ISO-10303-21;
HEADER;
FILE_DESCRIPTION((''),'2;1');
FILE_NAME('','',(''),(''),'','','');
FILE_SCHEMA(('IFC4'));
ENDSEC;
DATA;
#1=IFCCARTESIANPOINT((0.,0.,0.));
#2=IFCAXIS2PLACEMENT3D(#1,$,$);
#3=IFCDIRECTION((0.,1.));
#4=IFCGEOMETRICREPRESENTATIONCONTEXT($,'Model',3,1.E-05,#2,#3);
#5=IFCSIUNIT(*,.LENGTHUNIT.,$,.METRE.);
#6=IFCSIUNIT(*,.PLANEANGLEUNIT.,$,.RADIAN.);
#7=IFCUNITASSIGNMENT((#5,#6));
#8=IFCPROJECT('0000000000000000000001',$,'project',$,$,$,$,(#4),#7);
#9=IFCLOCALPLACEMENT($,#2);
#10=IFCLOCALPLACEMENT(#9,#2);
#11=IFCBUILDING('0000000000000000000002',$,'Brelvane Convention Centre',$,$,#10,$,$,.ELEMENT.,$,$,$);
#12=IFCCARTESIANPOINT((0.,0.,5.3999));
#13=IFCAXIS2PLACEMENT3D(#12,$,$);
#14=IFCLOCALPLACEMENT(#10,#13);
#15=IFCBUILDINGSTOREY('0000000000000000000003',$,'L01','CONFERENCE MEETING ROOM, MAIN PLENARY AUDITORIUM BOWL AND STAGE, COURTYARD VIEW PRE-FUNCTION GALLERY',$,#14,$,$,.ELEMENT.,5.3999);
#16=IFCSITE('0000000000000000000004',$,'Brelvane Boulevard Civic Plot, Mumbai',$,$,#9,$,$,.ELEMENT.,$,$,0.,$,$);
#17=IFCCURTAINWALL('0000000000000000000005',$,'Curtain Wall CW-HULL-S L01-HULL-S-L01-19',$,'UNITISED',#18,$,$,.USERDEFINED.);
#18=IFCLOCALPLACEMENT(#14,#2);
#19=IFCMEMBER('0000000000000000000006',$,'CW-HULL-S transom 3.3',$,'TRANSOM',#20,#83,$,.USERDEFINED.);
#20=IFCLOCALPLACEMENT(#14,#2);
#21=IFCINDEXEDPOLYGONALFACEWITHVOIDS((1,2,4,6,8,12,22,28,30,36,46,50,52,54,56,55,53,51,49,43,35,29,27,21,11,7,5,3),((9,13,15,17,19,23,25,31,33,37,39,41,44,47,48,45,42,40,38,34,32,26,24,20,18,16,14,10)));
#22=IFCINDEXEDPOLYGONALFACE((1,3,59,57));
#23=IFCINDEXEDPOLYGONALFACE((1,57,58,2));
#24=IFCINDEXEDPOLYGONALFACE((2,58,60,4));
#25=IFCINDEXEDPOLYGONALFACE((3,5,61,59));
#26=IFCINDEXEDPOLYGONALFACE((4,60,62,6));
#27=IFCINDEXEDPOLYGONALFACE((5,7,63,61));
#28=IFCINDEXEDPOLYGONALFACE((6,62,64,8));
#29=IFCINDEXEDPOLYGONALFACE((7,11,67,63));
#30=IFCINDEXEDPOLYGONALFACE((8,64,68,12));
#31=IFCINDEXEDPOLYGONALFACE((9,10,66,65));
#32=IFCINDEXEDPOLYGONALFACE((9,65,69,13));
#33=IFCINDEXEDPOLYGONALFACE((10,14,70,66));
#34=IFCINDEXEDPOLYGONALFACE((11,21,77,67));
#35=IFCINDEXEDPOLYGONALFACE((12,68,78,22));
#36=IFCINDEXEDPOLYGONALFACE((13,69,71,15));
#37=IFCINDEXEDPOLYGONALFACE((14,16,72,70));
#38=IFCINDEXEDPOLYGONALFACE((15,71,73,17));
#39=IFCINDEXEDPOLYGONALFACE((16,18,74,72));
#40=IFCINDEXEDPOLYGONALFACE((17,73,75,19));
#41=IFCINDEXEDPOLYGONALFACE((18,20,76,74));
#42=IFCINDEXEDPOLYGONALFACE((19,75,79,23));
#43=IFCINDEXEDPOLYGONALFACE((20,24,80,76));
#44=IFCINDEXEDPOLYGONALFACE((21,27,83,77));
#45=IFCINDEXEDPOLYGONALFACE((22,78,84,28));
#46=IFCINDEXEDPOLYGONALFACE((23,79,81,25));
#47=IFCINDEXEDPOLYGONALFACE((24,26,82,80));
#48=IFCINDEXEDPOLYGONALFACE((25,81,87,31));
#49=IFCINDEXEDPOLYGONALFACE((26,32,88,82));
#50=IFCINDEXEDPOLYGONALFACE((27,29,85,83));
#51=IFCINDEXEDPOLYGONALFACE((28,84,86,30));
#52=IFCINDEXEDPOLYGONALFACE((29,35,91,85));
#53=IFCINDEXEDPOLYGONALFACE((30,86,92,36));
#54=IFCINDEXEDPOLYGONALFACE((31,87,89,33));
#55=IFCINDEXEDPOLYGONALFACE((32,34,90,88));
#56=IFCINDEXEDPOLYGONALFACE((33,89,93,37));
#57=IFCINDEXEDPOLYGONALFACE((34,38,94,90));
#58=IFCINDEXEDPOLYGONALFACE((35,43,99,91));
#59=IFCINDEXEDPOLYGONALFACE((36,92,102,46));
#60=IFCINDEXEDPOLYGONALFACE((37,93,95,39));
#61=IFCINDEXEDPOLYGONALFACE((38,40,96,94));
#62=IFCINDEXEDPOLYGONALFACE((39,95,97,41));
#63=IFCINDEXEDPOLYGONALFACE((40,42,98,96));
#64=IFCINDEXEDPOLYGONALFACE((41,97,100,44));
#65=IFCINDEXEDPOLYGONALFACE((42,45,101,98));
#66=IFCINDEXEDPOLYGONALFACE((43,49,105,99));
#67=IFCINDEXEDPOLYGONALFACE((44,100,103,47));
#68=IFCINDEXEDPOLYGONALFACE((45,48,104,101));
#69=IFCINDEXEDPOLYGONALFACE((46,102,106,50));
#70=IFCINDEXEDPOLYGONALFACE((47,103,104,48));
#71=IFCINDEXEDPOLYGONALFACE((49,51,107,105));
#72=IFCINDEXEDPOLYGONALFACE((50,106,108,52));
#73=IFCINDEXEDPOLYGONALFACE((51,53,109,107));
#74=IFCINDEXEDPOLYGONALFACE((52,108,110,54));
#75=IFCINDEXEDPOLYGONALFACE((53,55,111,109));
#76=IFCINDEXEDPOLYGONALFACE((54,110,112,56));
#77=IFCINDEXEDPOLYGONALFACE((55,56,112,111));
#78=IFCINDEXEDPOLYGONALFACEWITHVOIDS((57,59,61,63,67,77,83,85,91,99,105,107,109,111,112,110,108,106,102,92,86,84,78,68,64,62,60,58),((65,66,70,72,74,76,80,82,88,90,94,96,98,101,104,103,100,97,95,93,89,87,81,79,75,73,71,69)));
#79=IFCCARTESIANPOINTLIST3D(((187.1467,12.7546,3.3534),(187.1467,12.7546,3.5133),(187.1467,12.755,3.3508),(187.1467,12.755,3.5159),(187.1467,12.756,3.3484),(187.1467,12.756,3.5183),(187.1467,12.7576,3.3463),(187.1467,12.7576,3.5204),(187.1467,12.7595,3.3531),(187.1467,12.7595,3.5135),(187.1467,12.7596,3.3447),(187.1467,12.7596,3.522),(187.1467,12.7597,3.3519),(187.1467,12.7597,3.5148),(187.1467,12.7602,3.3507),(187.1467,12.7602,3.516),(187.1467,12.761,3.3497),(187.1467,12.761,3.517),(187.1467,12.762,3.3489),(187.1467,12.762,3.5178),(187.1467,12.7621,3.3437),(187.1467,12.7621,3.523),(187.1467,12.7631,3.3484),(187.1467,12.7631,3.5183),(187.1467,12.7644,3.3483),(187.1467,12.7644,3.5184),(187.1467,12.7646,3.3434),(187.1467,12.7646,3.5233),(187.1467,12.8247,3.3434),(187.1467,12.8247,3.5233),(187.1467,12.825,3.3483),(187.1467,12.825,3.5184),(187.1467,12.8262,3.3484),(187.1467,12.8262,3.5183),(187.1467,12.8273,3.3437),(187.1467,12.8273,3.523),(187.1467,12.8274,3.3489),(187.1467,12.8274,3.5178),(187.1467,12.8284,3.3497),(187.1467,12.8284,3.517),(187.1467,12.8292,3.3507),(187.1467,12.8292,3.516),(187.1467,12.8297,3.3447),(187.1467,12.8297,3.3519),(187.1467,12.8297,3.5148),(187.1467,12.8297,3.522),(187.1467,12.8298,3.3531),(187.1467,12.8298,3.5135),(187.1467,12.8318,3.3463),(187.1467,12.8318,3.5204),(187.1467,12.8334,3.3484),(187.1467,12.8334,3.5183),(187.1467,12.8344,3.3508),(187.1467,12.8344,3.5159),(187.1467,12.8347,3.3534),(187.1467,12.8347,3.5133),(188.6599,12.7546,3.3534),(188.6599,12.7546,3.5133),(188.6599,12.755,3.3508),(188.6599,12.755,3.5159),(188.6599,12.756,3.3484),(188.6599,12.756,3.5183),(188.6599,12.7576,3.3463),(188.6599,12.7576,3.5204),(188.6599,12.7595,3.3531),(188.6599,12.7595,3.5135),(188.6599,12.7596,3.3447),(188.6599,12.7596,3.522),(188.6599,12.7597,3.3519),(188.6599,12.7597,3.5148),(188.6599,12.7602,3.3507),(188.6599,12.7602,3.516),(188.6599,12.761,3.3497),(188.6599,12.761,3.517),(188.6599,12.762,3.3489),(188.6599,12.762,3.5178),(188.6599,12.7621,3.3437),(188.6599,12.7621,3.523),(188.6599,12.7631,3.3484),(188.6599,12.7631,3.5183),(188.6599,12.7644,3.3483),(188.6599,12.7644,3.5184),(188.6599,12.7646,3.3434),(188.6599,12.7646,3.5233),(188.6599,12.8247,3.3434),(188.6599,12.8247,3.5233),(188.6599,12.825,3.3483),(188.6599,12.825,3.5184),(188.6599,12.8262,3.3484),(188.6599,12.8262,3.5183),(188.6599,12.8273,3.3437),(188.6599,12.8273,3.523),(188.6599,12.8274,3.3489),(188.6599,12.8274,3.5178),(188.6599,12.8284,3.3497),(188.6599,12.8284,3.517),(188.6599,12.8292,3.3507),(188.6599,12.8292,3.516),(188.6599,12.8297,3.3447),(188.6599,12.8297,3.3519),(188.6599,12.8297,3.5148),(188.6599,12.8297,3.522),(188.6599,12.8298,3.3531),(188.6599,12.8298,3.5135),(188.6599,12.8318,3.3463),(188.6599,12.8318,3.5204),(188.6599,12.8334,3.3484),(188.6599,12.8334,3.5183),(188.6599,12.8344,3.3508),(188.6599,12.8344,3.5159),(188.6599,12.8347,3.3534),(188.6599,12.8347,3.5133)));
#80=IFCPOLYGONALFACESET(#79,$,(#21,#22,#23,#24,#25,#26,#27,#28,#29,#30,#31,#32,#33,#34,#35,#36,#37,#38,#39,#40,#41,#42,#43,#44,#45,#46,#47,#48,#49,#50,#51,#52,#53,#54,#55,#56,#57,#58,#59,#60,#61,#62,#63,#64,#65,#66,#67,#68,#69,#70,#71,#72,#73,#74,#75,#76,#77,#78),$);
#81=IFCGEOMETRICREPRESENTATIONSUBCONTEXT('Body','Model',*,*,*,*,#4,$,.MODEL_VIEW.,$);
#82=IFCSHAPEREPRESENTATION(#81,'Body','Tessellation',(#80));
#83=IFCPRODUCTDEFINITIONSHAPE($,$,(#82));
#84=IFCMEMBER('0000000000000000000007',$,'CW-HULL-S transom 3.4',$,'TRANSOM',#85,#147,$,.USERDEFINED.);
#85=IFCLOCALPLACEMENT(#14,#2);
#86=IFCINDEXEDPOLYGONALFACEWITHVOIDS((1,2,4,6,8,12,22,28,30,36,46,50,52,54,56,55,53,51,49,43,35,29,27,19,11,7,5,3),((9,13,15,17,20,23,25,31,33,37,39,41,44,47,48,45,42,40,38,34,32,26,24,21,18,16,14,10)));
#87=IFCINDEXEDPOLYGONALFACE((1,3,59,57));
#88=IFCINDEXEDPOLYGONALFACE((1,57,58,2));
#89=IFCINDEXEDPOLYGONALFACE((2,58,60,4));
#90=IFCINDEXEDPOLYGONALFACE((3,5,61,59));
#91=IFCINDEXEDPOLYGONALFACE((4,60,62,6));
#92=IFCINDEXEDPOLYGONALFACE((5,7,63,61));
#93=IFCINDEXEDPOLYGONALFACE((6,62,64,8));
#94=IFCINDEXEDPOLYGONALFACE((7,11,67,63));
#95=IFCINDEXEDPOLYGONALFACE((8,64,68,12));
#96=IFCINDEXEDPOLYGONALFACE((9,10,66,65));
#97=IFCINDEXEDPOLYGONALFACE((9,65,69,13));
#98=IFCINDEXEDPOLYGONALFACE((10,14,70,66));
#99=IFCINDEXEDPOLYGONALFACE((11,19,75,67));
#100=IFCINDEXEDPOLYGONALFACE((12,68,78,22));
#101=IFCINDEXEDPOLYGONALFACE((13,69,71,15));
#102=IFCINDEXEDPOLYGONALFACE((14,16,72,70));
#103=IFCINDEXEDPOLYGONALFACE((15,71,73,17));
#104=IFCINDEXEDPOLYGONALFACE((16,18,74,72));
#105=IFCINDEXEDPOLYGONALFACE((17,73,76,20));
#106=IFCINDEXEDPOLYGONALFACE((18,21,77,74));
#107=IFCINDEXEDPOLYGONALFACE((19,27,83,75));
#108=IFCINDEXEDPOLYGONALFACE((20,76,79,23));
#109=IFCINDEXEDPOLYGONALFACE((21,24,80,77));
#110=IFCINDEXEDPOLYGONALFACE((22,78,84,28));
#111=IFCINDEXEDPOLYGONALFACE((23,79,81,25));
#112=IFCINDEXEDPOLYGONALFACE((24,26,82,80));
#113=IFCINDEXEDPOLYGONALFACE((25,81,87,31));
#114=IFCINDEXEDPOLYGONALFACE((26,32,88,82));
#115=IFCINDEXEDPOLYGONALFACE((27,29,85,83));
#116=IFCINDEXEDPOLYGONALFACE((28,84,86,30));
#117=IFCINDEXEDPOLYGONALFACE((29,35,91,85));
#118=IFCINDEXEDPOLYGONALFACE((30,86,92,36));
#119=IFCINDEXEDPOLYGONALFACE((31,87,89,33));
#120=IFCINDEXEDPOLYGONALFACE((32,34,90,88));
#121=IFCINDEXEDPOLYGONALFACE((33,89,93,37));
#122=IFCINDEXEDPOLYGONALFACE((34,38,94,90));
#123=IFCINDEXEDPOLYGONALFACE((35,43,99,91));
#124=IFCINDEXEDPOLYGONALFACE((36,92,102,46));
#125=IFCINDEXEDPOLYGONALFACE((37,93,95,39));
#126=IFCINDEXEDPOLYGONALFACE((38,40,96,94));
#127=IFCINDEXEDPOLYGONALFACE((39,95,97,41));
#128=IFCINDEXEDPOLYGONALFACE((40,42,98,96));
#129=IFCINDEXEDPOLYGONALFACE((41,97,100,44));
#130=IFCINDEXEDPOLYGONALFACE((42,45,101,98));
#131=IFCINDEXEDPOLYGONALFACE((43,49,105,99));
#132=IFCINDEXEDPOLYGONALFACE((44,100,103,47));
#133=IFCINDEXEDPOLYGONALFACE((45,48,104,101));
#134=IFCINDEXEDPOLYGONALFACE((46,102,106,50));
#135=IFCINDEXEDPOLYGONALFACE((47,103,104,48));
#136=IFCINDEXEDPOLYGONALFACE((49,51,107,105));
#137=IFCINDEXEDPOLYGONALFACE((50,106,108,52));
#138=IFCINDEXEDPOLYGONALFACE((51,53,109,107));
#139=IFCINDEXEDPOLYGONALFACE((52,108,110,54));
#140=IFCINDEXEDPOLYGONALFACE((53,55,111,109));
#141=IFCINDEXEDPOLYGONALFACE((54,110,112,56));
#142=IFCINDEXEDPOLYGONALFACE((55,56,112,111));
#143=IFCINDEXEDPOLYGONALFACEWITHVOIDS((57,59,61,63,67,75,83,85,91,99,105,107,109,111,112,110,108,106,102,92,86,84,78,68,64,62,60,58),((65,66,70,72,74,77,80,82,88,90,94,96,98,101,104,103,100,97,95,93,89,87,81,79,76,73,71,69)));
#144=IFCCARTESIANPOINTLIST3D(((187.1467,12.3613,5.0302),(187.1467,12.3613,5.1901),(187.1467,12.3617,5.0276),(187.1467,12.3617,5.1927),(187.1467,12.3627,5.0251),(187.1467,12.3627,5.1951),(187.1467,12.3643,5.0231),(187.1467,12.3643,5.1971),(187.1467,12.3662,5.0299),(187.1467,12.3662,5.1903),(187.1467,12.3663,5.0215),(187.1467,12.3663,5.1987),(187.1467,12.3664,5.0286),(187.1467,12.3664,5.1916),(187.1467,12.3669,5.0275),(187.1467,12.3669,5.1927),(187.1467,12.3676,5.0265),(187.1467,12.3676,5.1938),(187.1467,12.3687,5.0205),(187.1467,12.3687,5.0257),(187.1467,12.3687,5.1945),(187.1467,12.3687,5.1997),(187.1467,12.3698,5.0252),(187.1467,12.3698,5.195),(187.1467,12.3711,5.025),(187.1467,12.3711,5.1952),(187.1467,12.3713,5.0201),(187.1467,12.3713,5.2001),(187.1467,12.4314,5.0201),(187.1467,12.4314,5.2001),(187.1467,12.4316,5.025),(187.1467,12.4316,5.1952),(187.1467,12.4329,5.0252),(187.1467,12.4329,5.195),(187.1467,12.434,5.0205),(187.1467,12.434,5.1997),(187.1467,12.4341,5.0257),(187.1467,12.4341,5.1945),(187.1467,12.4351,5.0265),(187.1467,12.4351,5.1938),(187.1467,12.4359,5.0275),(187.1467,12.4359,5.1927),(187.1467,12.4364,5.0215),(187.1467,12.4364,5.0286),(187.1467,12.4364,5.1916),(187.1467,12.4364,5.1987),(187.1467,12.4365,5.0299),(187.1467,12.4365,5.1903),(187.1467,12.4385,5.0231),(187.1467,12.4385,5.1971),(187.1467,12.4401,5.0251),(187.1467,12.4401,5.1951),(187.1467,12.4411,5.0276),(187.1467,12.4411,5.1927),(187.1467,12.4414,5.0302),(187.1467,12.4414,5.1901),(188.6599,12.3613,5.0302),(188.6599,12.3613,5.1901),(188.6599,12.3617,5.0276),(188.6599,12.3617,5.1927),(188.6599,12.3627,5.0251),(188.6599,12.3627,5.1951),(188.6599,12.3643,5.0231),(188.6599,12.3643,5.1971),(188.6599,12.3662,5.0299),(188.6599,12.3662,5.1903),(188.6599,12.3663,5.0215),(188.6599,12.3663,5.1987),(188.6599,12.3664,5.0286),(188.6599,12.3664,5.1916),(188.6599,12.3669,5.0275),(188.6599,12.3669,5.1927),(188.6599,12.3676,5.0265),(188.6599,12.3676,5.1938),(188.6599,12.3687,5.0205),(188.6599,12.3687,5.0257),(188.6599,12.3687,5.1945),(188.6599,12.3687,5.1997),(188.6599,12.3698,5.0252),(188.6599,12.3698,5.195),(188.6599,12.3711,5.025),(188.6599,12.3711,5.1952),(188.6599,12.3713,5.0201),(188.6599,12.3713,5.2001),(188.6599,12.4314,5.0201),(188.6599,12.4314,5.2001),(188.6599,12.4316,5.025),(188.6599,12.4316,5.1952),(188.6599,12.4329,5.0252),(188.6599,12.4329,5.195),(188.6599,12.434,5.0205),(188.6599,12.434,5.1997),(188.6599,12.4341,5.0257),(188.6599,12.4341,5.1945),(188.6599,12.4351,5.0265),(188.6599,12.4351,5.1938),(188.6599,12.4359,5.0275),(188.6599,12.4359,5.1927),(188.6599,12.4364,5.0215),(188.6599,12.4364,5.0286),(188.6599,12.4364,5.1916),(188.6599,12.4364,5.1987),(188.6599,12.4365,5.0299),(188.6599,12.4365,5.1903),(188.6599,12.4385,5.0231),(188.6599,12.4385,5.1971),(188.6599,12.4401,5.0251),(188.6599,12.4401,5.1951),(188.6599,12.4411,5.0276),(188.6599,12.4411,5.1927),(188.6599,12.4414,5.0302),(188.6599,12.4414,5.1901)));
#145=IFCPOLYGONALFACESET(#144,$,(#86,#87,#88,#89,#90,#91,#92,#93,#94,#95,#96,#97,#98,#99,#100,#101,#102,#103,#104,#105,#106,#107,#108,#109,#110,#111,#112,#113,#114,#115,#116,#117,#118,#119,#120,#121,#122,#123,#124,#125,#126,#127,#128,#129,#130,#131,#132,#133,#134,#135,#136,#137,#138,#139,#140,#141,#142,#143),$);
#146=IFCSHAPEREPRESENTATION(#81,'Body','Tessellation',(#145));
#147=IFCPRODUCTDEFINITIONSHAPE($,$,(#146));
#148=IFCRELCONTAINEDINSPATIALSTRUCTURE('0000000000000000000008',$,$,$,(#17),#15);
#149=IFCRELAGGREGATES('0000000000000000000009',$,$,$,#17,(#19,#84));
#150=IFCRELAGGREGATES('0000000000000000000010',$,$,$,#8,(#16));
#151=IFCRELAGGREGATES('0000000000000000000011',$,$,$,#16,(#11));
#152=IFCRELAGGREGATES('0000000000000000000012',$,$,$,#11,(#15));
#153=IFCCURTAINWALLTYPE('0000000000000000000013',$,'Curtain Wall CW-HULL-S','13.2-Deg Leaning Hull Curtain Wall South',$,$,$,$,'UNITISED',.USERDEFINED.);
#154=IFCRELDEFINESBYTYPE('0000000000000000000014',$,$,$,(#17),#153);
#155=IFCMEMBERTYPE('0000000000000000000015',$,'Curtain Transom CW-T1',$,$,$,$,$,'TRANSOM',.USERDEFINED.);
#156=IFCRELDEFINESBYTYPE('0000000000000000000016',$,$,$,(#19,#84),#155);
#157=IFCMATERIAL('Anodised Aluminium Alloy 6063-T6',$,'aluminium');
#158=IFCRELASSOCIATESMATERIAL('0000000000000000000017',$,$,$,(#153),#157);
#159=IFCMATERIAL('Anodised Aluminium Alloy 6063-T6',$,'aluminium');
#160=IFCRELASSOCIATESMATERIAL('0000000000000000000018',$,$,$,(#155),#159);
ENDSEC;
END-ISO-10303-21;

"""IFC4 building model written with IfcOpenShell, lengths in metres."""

from ifc_helpers import new_model, si_unit, direction, frame, origin, origin_2d, place, context, subcontext, project, spatial, hollow_rectangle, extrude, material, material_profile, profile_set, type_object, element, aggregate, save


model = new_model("IFC4")

# Units and contexts
model_context = context("Model", 3, precision=1e-05, world=origin(), true_north=direction((0.0, 1.0)))
body_context = subcontext(model_context, "Body", "Model", "MODEL_VIEW")
ifc_project = project(units=[si_unit("LENGTHUNIT", "METRE"), si_unit("PLANEANGLEUNIT", "RADIAN")], contexts=[model_context])

# Site, building, storey
site_placement = place(None, origin())
site = spatial("IfcSite", under=ifc_project, at=site_placement, Name="Brelvane Boulevard Civic Plot, Mumbai", CompositionType="ELEMENT", RefElevation=0.0)
building_placement = place(site_placement, origin())
building = spatial("IfcBuilding", under=site, at=building_placement, Name="Brelvane Convention Centre", CompositionType="ELEMENT")
storey_placement = place(building_placement, frame((0.0, 0.0, 5.3999)))
storey = spatial("IfcBuildingStorey", under=building, at=storey_placement, Name="L01", Description="CONFERENCE MEETING ROOM, MAIN PLENARY AUDITORIUM BOWL AND STAGE, COURTYARD VIEW PRE-FUNCTION GALLERY", CompositionType="ELEMENT", Elevation=5.3999)

# Curtain wall, members
ifc_material_1 = material(Name="Anodised Aluminium Alloy 6063-T6", Category="aluminium")
curtain_wall_type = type_object("IfcCurtainWallType", Name="Curtain Wall CW-HULL-S", Description="13.2-Deg Leaning Hull Curtain Wall South", ElementType="UNITISED", PredefinedType="USERDEFINED", material=ifc_material_1)
curtain_wall_1_placement = place(storey_placement, origin())
curtain_wall_1 = element("IfcCurtainWall", 1, at=curtain_wall_1_placement, inside=storey, type_object=curtain_wall_type, Name="Curtain Wall CW-HULL-S L01-HULL-S-L01-19", ObjectType="UNITISED", PredefinedType="USERDEFINED")
ifc_material_2 = material(Name="Anodised Aluminium Alloy 6063-T6", Category="aluminium")
ifc_material_profile = material_profile(ifc_material_2, hollow_rectangle(XDim=0.0801, YDim=0.1799, WallThickness=0.0049, InnerFilletRadius=0.0049, OuterFilletRadius=0.01, at=origin_2d()), Name="ALU-T 180x80x5.0")
ifc_profile_set = profile_set([ifc_material_profile], Name="Anodised Aluminium Alloy 6063-T6")
member_type = type_object("IfcMemberType", Name="Curtain Transom CW-T1", ElementType="TRANSOM", PredefinedType="USERDEFINED", material=ifc_profile_set)
member_1_placement = place(storey_placement, frame((187.1467, 12.7947, 3.4333), z_axis=(1.0, 0.0, 0.0), x_axis=(0.0, 1.0, 0.0)))
member_1 = element("IfcMember", 2, at=member_1_placement, type_object=member_type, Name="CW-HULL-S transom 3.3", ObjectType="TRANSOM", PredefinedType="USERDEFINED", context=body_context, shape_type="SweptSolid", body=[
    extrude(hollow_rectangle(XDim=0.0801, YDim=0.1799, WallThickness=0.0049, InnerFilletRadius=0.0049, OuterFilletRadius=0.01, at=origin_2d()), origin(), (0.0, 0.0, 1.0), 1.5132),
])
member_2_placement = place(storey_placement, frame((187.1467, 12.4014, 5.1101), z_axis=(1.0, 0.0, 0.0), x_axis=(0.0, 1.0, 0.0)))
member_2 = element("IfcMember", 3, at=member_2_placement, type_object=member_type, Name="CW-HULL-S transom 3.4", ObjectType="TRANSOM", PredefinedType="USERDEFINED", context=body_context, shape_type="SweptSolid", body=[
    extrude(hollow_rectangle(XDim=0.0801, YDim=0.1799, WallThickness=0.0049, InnerFilletRadius=0.0049, OuterFilletRadius=0.01, at=origin_2d()), origin(), (0.0, 0.0, 1.0), 1.5132),
])

aggregate(curtain_wall_1, [member_1, member_2])

save(model, "model.ifc")
